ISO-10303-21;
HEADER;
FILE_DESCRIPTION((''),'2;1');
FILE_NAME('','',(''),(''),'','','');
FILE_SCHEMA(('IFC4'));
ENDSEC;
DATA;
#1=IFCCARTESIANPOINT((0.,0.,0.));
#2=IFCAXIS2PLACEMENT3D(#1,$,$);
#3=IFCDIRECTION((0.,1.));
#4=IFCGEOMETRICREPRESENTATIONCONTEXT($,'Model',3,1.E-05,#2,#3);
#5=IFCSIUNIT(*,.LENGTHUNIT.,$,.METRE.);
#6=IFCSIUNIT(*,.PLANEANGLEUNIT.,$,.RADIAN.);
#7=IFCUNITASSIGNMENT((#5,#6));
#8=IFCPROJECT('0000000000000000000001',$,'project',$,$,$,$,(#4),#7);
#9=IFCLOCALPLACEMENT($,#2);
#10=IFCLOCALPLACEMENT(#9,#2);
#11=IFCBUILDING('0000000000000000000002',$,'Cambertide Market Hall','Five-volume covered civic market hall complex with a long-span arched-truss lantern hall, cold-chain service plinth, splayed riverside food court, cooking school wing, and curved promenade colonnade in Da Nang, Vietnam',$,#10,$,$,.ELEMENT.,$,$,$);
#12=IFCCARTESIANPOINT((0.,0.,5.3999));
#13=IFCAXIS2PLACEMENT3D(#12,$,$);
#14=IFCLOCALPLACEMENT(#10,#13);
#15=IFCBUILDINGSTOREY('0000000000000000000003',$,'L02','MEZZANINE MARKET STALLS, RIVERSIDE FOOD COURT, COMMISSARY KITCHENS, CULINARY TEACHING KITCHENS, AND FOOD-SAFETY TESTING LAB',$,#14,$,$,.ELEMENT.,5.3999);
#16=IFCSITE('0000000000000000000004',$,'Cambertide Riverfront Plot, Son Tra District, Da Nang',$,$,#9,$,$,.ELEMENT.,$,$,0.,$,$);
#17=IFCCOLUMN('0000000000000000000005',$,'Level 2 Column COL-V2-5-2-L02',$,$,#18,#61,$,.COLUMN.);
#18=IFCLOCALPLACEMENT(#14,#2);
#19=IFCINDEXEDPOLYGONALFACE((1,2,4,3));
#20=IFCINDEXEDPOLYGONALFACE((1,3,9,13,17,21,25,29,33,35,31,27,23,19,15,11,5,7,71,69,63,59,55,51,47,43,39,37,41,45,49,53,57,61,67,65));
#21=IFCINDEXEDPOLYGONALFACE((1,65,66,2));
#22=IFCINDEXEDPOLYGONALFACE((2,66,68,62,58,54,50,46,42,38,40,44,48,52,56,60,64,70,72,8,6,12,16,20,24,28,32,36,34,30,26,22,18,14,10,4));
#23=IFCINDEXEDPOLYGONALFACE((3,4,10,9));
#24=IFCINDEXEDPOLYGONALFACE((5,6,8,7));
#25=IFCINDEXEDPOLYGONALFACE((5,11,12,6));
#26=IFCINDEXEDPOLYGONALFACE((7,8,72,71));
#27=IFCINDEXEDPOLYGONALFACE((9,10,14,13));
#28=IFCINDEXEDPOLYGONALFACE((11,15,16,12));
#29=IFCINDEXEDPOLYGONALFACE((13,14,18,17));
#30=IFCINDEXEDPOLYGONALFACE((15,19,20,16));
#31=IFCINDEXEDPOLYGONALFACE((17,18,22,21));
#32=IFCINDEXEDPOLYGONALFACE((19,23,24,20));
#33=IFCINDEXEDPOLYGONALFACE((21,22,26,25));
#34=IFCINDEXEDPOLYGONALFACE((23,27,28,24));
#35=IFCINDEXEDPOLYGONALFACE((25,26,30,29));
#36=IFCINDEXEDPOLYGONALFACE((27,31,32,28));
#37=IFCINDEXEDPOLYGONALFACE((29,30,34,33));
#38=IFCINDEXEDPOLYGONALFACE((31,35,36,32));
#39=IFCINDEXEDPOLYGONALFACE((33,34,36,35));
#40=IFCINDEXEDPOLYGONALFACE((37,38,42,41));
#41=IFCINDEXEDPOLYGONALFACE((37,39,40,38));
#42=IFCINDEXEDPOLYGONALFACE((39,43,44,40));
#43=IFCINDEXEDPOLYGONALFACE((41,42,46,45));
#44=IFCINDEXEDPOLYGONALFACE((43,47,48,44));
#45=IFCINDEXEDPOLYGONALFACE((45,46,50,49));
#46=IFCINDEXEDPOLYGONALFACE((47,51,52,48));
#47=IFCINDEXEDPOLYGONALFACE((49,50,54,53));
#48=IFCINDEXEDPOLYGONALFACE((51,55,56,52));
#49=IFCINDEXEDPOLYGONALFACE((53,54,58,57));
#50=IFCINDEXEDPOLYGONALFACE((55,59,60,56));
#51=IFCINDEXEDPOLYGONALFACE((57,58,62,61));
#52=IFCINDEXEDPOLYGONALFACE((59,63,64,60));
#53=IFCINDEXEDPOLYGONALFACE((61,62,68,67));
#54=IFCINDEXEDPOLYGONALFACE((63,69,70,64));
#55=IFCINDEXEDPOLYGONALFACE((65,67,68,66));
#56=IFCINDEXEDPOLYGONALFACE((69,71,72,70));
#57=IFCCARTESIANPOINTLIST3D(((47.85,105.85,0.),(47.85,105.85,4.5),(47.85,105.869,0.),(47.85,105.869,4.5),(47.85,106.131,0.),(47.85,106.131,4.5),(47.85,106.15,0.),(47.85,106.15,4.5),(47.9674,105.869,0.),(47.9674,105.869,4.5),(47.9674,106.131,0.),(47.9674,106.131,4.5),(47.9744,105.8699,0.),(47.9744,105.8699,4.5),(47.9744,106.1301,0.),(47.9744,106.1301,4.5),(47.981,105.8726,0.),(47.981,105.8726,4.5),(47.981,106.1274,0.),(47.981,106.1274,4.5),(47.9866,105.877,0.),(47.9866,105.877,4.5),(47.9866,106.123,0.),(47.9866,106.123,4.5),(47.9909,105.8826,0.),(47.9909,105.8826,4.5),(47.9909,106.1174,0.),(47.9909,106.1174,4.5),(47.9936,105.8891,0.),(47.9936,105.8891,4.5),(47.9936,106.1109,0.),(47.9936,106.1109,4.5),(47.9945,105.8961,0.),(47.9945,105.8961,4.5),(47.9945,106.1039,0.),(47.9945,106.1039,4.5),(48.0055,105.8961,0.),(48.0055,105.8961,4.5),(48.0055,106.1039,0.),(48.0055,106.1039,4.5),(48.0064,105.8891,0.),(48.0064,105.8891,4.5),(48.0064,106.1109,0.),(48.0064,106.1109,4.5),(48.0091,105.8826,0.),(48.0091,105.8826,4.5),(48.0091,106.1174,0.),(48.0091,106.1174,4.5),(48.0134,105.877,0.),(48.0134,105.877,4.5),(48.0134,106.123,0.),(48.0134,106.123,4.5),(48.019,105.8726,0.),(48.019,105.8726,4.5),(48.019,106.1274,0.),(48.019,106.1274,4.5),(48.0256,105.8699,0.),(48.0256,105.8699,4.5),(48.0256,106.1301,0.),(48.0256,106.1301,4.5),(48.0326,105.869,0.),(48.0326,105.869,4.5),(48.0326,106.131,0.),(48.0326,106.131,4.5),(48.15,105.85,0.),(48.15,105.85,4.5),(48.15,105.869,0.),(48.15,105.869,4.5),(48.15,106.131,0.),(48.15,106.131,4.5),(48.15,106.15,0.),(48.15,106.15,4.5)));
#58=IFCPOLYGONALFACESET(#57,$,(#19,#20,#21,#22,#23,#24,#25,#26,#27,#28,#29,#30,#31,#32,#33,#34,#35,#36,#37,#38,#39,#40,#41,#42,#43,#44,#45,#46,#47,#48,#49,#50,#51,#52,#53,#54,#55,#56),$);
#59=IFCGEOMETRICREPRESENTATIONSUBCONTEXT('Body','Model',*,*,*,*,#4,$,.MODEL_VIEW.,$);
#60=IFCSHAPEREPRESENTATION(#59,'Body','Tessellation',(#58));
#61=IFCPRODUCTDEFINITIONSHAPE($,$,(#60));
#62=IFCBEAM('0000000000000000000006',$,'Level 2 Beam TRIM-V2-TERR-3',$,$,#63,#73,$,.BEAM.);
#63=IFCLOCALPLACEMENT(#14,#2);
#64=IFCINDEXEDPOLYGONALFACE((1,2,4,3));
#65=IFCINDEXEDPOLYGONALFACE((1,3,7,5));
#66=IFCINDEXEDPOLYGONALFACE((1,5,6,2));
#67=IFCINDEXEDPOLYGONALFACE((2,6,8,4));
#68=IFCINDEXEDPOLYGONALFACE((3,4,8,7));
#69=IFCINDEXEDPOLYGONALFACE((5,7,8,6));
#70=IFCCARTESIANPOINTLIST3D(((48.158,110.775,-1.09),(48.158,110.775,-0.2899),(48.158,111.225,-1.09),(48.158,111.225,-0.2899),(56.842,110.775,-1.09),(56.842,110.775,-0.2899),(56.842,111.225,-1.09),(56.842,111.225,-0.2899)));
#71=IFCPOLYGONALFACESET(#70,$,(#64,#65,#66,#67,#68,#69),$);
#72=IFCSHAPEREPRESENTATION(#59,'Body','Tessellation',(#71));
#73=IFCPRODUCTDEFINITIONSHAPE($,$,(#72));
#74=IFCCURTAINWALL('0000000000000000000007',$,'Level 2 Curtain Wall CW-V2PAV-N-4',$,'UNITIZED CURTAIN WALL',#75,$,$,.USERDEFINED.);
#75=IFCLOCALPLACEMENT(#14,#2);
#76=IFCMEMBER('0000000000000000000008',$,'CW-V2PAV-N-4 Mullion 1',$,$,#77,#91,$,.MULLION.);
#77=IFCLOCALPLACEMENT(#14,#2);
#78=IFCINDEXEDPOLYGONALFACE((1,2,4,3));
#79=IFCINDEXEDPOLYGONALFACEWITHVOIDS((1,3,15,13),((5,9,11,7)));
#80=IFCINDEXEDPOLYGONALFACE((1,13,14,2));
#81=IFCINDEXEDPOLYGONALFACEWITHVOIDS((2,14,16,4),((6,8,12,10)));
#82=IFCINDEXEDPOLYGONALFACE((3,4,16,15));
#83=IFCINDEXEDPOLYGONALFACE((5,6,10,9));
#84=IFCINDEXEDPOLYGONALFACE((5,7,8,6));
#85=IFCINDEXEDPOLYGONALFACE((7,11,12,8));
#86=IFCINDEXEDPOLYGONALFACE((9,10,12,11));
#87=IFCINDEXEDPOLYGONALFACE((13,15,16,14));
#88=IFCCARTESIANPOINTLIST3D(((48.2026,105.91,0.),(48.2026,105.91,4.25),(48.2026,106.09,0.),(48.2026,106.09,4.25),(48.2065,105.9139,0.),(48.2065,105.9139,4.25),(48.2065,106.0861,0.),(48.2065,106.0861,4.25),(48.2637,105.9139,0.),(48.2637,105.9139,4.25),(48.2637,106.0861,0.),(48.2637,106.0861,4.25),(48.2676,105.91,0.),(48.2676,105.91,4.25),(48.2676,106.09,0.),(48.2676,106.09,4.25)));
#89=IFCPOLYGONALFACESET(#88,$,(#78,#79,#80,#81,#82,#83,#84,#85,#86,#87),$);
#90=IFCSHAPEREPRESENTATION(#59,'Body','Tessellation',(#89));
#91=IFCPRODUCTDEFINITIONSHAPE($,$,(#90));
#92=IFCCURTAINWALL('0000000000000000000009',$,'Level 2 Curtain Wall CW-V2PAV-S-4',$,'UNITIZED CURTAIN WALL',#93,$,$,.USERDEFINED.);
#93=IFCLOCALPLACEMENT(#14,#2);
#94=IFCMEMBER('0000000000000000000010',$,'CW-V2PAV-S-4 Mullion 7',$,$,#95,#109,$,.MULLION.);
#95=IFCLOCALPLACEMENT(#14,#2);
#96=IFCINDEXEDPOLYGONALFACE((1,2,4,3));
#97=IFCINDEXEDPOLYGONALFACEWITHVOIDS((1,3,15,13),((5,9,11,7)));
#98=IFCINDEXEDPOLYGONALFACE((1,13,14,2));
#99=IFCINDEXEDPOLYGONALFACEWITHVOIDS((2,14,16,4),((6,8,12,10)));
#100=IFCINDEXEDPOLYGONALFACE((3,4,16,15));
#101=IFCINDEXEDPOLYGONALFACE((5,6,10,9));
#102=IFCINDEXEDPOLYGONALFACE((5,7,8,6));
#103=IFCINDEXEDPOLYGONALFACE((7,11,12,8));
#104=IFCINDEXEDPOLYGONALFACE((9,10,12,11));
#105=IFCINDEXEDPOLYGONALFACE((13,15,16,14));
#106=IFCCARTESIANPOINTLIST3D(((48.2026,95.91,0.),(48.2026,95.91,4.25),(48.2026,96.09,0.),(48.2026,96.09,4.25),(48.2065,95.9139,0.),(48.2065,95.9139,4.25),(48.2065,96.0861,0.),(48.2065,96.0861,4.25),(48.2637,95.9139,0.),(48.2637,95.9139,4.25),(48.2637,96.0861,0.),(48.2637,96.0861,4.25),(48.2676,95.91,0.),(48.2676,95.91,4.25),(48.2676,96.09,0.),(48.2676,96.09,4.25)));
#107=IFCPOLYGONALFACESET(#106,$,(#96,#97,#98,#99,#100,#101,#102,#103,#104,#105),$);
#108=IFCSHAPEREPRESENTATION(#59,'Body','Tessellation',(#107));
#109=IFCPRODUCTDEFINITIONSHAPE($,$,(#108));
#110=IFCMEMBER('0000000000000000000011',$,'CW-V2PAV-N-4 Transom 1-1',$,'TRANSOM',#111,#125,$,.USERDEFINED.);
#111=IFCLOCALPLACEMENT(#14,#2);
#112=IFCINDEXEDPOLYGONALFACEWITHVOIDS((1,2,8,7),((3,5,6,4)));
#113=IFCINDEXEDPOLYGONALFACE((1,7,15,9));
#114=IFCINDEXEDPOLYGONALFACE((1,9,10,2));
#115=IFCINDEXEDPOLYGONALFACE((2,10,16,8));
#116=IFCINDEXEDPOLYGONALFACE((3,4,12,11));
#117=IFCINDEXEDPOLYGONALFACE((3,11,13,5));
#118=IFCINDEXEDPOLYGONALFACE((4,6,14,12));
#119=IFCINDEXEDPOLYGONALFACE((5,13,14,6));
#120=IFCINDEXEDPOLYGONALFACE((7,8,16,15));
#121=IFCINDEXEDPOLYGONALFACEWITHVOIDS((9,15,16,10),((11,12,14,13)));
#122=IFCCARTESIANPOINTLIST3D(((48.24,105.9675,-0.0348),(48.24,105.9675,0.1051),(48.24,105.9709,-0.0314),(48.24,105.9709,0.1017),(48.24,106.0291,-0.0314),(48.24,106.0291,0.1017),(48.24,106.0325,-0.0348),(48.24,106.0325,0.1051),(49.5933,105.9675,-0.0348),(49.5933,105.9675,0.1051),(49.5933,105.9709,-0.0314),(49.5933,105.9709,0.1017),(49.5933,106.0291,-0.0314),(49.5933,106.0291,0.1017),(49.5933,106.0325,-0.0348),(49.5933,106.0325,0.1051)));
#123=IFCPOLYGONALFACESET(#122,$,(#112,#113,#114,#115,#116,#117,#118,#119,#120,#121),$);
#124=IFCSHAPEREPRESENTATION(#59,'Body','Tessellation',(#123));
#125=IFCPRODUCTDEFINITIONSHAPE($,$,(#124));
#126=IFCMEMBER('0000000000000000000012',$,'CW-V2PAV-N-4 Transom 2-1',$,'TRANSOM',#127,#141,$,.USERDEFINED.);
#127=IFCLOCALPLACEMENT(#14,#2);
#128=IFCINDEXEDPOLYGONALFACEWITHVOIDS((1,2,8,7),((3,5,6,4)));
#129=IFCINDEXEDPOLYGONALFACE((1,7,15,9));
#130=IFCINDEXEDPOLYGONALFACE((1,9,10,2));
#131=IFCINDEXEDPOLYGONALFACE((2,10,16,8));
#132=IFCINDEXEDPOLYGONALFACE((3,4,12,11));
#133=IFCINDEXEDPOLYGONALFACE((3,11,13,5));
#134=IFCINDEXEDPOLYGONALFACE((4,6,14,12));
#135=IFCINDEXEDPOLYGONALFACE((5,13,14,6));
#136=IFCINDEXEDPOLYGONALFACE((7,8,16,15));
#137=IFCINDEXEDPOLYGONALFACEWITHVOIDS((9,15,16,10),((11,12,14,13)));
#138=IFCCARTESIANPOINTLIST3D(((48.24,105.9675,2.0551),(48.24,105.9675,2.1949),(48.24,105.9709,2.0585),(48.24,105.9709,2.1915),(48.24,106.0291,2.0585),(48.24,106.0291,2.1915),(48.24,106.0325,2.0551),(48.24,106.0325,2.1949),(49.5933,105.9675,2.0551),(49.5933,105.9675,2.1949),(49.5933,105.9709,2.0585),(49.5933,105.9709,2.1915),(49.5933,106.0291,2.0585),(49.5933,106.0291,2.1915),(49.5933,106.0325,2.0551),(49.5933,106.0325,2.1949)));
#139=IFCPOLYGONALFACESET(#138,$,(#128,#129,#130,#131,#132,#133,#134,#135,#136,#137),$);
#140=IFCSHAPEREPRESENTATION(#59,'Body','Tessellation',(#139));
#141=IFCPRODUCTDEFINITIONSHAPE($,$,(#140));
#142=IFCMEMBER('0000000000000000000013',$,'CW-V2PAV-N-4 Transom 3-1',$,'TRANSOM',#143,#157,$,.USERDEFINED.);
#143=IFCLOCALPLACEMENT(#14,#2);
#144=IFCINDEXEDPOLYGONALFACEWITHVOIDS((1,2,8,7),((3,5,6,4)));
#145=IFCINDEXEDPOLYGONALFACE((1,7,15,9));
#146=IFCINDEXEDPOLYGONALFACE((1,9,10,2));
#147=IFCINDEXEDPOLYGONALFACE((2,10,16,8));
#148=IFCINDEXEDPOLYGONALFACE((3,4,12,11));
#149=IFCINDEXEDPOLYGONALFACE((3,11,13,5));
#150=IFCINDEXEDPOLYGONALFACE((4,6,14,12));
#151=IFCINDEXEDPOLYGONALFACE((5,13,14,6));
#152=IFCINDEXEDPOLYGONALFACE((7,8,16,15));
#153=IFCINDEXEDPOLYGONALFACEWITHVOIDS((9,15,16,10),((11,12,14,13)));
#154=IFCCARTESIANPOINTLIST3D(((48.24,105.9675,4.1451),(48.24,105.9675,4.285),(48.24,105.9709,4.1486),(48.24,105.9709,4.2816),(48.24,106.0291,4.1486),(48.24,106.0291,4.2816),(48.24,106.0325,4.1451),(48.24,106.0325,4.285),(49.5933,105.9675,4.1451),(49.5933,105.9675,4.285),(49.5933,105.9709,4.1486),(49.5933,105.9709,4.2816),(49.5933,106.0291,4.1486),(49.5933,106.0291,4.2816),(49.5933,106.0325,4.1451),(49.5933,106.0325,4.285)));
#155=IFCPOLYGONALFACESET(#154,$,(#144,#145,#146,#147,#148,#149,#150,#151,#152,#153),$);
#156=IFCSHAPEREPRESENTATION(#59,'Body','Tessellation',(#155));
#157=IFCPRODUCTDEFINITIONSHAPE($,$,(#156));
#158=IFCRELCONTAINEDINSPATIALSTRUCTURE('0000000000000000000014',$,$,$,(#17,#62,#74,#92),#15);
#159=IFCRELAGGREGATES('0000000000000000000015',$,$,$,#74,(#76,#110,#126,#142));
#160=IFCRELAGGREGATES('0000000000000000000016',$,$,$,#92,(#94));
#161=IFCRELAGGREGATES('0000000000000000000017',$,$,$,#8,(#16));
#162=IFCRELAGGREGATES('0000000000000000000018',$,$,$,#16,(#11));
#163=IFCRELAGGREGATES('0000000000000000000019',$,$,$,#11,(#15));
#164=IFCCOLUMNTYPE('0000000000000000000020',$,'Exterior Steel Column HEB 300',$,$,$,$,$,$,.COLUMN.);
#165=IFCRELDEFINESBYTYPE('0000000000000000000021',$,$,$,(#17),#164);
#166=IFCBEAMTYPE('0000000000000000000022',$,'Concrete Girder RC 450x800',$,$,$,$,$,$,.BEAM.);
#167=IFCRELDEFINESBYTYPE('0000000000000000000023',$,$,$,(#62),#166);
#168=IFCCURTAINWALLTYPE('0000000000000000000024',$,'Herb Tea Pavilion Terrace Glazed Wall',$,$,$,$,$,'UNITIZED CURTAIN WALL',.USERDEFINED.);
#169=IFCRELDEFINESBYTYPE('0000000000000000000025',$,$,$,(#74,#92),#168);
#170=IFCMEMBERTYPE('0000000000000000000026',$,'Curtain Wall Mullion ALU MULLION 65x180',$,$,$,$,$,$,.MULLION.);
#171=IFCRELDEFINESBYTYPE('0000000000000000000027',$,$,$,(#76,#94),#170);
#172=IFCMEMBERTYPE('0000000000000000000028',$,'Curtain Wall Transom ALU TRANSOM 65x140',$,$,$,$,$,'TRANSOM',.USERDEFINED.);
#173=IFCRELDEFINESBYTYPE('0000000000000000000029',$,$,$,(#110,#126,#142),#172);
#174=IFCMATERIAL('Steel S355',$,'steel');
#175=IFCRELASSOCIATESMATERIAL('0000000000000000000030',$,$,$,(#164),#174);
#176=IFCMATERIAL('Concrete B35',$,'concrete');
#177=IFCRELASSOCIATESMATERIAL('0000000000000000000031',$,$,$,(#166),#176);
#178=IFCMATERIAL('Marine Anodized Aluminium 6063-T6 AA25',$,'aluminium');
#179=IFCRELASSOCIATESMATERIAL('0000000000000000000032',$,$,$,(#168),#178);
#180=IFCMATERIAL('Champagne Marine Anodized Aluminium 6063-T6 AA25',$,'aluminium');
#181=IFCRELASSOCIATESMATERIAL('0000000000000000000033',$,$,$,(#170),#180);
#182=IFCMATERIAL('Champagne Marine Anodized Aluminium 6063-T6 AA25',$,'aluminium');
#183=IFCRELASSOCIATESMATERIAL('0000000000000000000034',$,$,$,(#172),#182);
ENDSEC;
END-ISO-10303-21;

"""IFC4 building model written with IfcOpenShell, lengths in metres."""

from ifc_helpers import new_model, si_unit, direction, frame, origin, origin_2d, place, context, subcontext, project, spatial, rectangle, hollow_rectangle, i_section, extrude, material, material_profile, profile_set, type_object, element, aggregate, save


model = new_model("IFC4")

# Units and contexts
model_context = context("Model", 3, precision=1e-05, world=origin(), true_north=direction((0.0, 1.0)))
body_context = subcontext(model_context, "Body", "Model", "MODEL_VIEW")
ifc_project = project(units=[si_unit("LENGTHUNIT", "METRE"), si_unit("PLANEANGLEUNIT", "RADIAN")], contexts=[model_context])

# Site, building, storey
site_placement = place(None, origin())
site = spatial("IfcSite", under=ifc_project, at=site_placement, Name="Cambertide Riverfront Plot, Son Tra District, Da Nang", CompositionType="ELEMENT", RefElevation=0.0)
building_placement = place(site_placement, origin())
building = spatial("IfcBuilding", under=site, at=building_placement, Name="Cambertide Market Hall", Description="Five-volume covered civic market hall complex with a long-span arched-truss lantern hall, cold-chain service plinth, splayed riverside food court, cooking school wing, and curved promenade colonnade in Da Nang, Vietnam", CompositionType="ELEMENT")
storey_placement = place(building_placement, frame((0.0, 0.0, 5.3999)))
storey = spatial("IfcBuildingStorey", under=building, at=storey_placement, Name="L02", Description="MEZZANINE MARKET STALLS, RIVERSIDE FOOD COURT, COMMISSARY KITCHENS, CULINARY TEACHING KITCHENS, AND FOOD-SAFETY TESTING LAB", CompositionType="ELEMENT", Elevation=5.3999)

# Column
ifc_material_1 = material(Name="Steel S355", Category="steel")
ifc_material_profile_1 = material_profile(ifc_material_1, i_section(OverallWidth=0.3, OverallDepth=0.3, WebThickness=0.011, FlangeThickness=0.019, FilletRadius=0.0271, at=origin_2d()), Name="HEB 300")
ifc_profile_set_1 = profile_set([ifc_material_profile_1], Name="Steel S355")
column_type = type_object("IfcColumnType", Name="Exterior Steel Column HEB 300", PredefinedType="COLUMN", material=ifc_profile_set_1)
column_placement = place(storey_placement, frame((48.0, 106.0, 0.0), z_axis=(0.0, 0.0, 1.0), x_axis=(1.0, 0.0, 0.0)))
element("IfcColumn", 1, at=column_placement, inside=storey, type_object=column_type, Name="Level 2 Column COL-V2-5-2-L02", PredefinedType="COLUMN", context=body_context, shape_type="SweptSolid", body=[
    extrude(i_section(OverallWidth=0.3, OverallDepth=0.3, WebThickness=0.011, FlangeThickness=0.019, FilletRadius=0.0271, at=origin_2d()), origin(), (0.0, 0.0, 1.0), 4.5),
])

# Beam
ifc_material_2 = material(Name="Concrete B35", Category="concrete")
ifc_material_profile_2 = material_profile(ifc_material_2, rectangle(XDim=0.45, YDim=0.8, at=origin_2d()), Name="RC 450x800")
ifc_profile_set_2 = profile_set([ifc_material_profile_2], Name="Concrete B35")
beam_type_1 = type_object("IfcBeamType", Name="Concrete Girder RC 450x800", PredefinedType="BEAM", material=ifc_profile_set_2)
beam_1_placement = place(storey_placement, frame((48.158, 111.0, -0.6899), z_axis=(1.0, 0.0, 0.0), x_axis=(0.0, 1.0, 0.0)))
element("IfcBeam", 2, at=beam_1_placement, inside=storey, type_object=beam_type_1, Name="Level 2 Beam TRIM-V2-TERR-3", PredefinedType="BEAM", context=body_context, shape_type="SweptSolid", body=[
    extrude(rectangle(XDim=0.45, YDim=0.8, at=origin_2d()), origin(), (0.0, 0.0, 1.0), 8.6841),
])

# Curtain walls, members
ifc_material_3 = material(Name="Marine Anodized Aluminium 6063-T6 AA25", Category="aluminium")
curtain_wall_type = type_object("IfcCurtainWallType", Name="Herb Tea Pavilion Terrace Glazed Wall", ElementType="UNITIZED CURTAIN WALL", PredefinedType="USERDEFINED", material=ifc_material_3)
curtain_wall_1_placement = place(storey_placement, origin())
curtain_wall_1 = element("IfcCurtainWall", 3, at=curtain_wall_1_placement, inside=storey, type_object=curtain_wall_type, Name="Level 2 Curtain Wall CW-V2PAV-N-4", ObjectType="UNITIZED CURTAIN WALL", PredefinedType="USERDEFINED")
ifc_material_4 = material(Name="Champagne Marine Anodized Aluminium 6063-T6 AA25", Category="aluminium")
ifc_material_profile_3 = material_profile(ifc_material_4, hollow_rectangle(XDim=0.0649, YDim=0.1799, WallThickness=0.0039, at=origin_2d()), Name="ALU MULLION 65x180")
ifc_profile_set_3 = profile_set([ifc_material_profile_3], Name="Champagne Marine Anodized Aluminium 6063-T6 AA25")
member_type_1 = type_object("IfcMemberType", Name="Curtain Wall Mullion ALU MULLION 65x180", PredefinedType="MULLION", material=ifc_profile_set_3)
member_1_placement = place(storey_placement, frame((48.2351, 106.0, 0.0), z_axis=(0.0, 0.0, 1.0), x_axis=(1.0, 0.0, 0.0)))
member_1 = element("IfcMember", 4, at=member_1_placement, type_object=member_type_1, Name="CW-V2PAV-N-4 Mullion 1", PredefinedType="MULLION", context=body_context, shape_type="SweptSolid", body=[
    extrude(hollow_rectangle(XDim=0.0649, YDim=0.1799, WallThickness=0.0039, at=origin_2d()), origin(), (0.0, 0.0, 1.0), 4.25),
])
curtain_wall_2_placement = place(storey_placement, origin())
curtain_wall_2 = element("IfcCurtainWall", 5, at=curtain_wall_2_placement, inside=storey, type_object=curtain_wall_type, Name="Level 2 Curtain Wall CW-V2PAV-S-4", ObjectType="UNITIZED CURTAIN WALL", PredefinedType="USERDEFINED")
member_2_placement = place(storey_placement, frame((48.2351, 96.0, 0.0), z_axis=(0.0, 0.0, 1.0), x_axis=(-1.0, 0.0, 0.0)))
member_2 = element("IfcMember", 6, at=member_2_placement, type_object=member_type_1, Name="CW-V2PAV-S-4 Mullion 7", PredefinedType="MULLION", context=body_context, shape_type="SweptSolid", body=[
    extrude(hollow_rectangle(XDim=0.0649, YDim=0.1799, WallThickness=0.0039, at=origin_2d()), origin(), (0.0, 0.0, 1.0), 4.25),
])

# Members
ifc_material_5 = material(Name="Champagne Marine Anodized Aluminium 6063-T6 AA25", Category="aluminium")
ifc_material_profile_4 = material_profile(ifc_material_5, hollow_rectangle(XDim=0.0649, YDim=0.1399, WallThickness=0.0034, at=origin_2d()), Name="ALU TRANSOM 65x140")
ifc_profile_set_4 = profile_set([ifc_material_profile_4], Name="Champagne Marine Anodized Aluminium 6063-T6 AA25")
member_type_2 = type_object("IfcMemberType", Name="Curtain Wall Transom ALU TRANSOM 65x140", ElementType="TRANSOM", PredefinedType="USERDEFINED", material=ifc_profile_set_4)
member_3_placement = place(storey_placement, frame((48.24, 106.0, 0.0352), z_axis=(1.0, 0.0, 0.0), x_axis=(0.0, 1.0, 0.0)))
member_3 = element("IfcMember", 7, at=member_3_placement, type_object=member_type_2, Name="CW-V2PAV-N-4 Transom 1-1", ObjectType="TRANSOM", PredefinedType="USERDEFINED", context=body_context, shape_type="SweptSolid", body=[
    extrude(hollow_rectangle(XDim=0.0649, YDim=0.1399, WallThickness=0.0034, at=origin_2d()), origin(), (0.0, 0.0, 1.0), 1.3533),
])
member_4_placement = place(storey_placement, frame((48.24, 106.0, 2.125), z_axis=(1.0, 0.0, 0.0), x_axis=(0.0, 1.0, 0.0)))
member_4 = element("IfcMember", 8, at=member_4_placement, type_object=member_type_2, Name="CW-V2PAV-N-4 Transom 2-1", ObjectType="TRANSOM", PredefinedType="USERDEFINED", context=body_context, shape_type="SweptSolid", body=[
    extrude(hollow_rectangle(XDim=0.0649, YDim=0.1399, WallThickness=0.0034, at=origin_2d()), origin(), (0.0, 0.0, 1.0), 1.3533),
])
member_5_placement = place(storey_placement, frame((48.24, 106.0, 4.2151), z_axis=(1.0, 0.0, 0.0), x_axis=(0.0, 1.0, 0.0)))
member_5 = element("IfcMember", 9, at=member_5_placement, type_object=member_type_2, Name="CW-V2PAV-N-4 Transom 3-1", ObjectType="TRANSOM", PredefinedType="USERDEFINED", context=body_context, shape_type="SweptSolid", body=[
    extrude(hollow_rectangle(XDim=0.0649, YDim=0.1399, WallThickness=0.0034, at=origin_2d()), origin(), (0.0, 0.0, 1.0), 1.3533),
])

aggregate(curtain_wall_1, [member_1, member_3, member_4, member_5])
aggregate(curtain_wall_2, [member_2])

save(model, "model.ifc")
